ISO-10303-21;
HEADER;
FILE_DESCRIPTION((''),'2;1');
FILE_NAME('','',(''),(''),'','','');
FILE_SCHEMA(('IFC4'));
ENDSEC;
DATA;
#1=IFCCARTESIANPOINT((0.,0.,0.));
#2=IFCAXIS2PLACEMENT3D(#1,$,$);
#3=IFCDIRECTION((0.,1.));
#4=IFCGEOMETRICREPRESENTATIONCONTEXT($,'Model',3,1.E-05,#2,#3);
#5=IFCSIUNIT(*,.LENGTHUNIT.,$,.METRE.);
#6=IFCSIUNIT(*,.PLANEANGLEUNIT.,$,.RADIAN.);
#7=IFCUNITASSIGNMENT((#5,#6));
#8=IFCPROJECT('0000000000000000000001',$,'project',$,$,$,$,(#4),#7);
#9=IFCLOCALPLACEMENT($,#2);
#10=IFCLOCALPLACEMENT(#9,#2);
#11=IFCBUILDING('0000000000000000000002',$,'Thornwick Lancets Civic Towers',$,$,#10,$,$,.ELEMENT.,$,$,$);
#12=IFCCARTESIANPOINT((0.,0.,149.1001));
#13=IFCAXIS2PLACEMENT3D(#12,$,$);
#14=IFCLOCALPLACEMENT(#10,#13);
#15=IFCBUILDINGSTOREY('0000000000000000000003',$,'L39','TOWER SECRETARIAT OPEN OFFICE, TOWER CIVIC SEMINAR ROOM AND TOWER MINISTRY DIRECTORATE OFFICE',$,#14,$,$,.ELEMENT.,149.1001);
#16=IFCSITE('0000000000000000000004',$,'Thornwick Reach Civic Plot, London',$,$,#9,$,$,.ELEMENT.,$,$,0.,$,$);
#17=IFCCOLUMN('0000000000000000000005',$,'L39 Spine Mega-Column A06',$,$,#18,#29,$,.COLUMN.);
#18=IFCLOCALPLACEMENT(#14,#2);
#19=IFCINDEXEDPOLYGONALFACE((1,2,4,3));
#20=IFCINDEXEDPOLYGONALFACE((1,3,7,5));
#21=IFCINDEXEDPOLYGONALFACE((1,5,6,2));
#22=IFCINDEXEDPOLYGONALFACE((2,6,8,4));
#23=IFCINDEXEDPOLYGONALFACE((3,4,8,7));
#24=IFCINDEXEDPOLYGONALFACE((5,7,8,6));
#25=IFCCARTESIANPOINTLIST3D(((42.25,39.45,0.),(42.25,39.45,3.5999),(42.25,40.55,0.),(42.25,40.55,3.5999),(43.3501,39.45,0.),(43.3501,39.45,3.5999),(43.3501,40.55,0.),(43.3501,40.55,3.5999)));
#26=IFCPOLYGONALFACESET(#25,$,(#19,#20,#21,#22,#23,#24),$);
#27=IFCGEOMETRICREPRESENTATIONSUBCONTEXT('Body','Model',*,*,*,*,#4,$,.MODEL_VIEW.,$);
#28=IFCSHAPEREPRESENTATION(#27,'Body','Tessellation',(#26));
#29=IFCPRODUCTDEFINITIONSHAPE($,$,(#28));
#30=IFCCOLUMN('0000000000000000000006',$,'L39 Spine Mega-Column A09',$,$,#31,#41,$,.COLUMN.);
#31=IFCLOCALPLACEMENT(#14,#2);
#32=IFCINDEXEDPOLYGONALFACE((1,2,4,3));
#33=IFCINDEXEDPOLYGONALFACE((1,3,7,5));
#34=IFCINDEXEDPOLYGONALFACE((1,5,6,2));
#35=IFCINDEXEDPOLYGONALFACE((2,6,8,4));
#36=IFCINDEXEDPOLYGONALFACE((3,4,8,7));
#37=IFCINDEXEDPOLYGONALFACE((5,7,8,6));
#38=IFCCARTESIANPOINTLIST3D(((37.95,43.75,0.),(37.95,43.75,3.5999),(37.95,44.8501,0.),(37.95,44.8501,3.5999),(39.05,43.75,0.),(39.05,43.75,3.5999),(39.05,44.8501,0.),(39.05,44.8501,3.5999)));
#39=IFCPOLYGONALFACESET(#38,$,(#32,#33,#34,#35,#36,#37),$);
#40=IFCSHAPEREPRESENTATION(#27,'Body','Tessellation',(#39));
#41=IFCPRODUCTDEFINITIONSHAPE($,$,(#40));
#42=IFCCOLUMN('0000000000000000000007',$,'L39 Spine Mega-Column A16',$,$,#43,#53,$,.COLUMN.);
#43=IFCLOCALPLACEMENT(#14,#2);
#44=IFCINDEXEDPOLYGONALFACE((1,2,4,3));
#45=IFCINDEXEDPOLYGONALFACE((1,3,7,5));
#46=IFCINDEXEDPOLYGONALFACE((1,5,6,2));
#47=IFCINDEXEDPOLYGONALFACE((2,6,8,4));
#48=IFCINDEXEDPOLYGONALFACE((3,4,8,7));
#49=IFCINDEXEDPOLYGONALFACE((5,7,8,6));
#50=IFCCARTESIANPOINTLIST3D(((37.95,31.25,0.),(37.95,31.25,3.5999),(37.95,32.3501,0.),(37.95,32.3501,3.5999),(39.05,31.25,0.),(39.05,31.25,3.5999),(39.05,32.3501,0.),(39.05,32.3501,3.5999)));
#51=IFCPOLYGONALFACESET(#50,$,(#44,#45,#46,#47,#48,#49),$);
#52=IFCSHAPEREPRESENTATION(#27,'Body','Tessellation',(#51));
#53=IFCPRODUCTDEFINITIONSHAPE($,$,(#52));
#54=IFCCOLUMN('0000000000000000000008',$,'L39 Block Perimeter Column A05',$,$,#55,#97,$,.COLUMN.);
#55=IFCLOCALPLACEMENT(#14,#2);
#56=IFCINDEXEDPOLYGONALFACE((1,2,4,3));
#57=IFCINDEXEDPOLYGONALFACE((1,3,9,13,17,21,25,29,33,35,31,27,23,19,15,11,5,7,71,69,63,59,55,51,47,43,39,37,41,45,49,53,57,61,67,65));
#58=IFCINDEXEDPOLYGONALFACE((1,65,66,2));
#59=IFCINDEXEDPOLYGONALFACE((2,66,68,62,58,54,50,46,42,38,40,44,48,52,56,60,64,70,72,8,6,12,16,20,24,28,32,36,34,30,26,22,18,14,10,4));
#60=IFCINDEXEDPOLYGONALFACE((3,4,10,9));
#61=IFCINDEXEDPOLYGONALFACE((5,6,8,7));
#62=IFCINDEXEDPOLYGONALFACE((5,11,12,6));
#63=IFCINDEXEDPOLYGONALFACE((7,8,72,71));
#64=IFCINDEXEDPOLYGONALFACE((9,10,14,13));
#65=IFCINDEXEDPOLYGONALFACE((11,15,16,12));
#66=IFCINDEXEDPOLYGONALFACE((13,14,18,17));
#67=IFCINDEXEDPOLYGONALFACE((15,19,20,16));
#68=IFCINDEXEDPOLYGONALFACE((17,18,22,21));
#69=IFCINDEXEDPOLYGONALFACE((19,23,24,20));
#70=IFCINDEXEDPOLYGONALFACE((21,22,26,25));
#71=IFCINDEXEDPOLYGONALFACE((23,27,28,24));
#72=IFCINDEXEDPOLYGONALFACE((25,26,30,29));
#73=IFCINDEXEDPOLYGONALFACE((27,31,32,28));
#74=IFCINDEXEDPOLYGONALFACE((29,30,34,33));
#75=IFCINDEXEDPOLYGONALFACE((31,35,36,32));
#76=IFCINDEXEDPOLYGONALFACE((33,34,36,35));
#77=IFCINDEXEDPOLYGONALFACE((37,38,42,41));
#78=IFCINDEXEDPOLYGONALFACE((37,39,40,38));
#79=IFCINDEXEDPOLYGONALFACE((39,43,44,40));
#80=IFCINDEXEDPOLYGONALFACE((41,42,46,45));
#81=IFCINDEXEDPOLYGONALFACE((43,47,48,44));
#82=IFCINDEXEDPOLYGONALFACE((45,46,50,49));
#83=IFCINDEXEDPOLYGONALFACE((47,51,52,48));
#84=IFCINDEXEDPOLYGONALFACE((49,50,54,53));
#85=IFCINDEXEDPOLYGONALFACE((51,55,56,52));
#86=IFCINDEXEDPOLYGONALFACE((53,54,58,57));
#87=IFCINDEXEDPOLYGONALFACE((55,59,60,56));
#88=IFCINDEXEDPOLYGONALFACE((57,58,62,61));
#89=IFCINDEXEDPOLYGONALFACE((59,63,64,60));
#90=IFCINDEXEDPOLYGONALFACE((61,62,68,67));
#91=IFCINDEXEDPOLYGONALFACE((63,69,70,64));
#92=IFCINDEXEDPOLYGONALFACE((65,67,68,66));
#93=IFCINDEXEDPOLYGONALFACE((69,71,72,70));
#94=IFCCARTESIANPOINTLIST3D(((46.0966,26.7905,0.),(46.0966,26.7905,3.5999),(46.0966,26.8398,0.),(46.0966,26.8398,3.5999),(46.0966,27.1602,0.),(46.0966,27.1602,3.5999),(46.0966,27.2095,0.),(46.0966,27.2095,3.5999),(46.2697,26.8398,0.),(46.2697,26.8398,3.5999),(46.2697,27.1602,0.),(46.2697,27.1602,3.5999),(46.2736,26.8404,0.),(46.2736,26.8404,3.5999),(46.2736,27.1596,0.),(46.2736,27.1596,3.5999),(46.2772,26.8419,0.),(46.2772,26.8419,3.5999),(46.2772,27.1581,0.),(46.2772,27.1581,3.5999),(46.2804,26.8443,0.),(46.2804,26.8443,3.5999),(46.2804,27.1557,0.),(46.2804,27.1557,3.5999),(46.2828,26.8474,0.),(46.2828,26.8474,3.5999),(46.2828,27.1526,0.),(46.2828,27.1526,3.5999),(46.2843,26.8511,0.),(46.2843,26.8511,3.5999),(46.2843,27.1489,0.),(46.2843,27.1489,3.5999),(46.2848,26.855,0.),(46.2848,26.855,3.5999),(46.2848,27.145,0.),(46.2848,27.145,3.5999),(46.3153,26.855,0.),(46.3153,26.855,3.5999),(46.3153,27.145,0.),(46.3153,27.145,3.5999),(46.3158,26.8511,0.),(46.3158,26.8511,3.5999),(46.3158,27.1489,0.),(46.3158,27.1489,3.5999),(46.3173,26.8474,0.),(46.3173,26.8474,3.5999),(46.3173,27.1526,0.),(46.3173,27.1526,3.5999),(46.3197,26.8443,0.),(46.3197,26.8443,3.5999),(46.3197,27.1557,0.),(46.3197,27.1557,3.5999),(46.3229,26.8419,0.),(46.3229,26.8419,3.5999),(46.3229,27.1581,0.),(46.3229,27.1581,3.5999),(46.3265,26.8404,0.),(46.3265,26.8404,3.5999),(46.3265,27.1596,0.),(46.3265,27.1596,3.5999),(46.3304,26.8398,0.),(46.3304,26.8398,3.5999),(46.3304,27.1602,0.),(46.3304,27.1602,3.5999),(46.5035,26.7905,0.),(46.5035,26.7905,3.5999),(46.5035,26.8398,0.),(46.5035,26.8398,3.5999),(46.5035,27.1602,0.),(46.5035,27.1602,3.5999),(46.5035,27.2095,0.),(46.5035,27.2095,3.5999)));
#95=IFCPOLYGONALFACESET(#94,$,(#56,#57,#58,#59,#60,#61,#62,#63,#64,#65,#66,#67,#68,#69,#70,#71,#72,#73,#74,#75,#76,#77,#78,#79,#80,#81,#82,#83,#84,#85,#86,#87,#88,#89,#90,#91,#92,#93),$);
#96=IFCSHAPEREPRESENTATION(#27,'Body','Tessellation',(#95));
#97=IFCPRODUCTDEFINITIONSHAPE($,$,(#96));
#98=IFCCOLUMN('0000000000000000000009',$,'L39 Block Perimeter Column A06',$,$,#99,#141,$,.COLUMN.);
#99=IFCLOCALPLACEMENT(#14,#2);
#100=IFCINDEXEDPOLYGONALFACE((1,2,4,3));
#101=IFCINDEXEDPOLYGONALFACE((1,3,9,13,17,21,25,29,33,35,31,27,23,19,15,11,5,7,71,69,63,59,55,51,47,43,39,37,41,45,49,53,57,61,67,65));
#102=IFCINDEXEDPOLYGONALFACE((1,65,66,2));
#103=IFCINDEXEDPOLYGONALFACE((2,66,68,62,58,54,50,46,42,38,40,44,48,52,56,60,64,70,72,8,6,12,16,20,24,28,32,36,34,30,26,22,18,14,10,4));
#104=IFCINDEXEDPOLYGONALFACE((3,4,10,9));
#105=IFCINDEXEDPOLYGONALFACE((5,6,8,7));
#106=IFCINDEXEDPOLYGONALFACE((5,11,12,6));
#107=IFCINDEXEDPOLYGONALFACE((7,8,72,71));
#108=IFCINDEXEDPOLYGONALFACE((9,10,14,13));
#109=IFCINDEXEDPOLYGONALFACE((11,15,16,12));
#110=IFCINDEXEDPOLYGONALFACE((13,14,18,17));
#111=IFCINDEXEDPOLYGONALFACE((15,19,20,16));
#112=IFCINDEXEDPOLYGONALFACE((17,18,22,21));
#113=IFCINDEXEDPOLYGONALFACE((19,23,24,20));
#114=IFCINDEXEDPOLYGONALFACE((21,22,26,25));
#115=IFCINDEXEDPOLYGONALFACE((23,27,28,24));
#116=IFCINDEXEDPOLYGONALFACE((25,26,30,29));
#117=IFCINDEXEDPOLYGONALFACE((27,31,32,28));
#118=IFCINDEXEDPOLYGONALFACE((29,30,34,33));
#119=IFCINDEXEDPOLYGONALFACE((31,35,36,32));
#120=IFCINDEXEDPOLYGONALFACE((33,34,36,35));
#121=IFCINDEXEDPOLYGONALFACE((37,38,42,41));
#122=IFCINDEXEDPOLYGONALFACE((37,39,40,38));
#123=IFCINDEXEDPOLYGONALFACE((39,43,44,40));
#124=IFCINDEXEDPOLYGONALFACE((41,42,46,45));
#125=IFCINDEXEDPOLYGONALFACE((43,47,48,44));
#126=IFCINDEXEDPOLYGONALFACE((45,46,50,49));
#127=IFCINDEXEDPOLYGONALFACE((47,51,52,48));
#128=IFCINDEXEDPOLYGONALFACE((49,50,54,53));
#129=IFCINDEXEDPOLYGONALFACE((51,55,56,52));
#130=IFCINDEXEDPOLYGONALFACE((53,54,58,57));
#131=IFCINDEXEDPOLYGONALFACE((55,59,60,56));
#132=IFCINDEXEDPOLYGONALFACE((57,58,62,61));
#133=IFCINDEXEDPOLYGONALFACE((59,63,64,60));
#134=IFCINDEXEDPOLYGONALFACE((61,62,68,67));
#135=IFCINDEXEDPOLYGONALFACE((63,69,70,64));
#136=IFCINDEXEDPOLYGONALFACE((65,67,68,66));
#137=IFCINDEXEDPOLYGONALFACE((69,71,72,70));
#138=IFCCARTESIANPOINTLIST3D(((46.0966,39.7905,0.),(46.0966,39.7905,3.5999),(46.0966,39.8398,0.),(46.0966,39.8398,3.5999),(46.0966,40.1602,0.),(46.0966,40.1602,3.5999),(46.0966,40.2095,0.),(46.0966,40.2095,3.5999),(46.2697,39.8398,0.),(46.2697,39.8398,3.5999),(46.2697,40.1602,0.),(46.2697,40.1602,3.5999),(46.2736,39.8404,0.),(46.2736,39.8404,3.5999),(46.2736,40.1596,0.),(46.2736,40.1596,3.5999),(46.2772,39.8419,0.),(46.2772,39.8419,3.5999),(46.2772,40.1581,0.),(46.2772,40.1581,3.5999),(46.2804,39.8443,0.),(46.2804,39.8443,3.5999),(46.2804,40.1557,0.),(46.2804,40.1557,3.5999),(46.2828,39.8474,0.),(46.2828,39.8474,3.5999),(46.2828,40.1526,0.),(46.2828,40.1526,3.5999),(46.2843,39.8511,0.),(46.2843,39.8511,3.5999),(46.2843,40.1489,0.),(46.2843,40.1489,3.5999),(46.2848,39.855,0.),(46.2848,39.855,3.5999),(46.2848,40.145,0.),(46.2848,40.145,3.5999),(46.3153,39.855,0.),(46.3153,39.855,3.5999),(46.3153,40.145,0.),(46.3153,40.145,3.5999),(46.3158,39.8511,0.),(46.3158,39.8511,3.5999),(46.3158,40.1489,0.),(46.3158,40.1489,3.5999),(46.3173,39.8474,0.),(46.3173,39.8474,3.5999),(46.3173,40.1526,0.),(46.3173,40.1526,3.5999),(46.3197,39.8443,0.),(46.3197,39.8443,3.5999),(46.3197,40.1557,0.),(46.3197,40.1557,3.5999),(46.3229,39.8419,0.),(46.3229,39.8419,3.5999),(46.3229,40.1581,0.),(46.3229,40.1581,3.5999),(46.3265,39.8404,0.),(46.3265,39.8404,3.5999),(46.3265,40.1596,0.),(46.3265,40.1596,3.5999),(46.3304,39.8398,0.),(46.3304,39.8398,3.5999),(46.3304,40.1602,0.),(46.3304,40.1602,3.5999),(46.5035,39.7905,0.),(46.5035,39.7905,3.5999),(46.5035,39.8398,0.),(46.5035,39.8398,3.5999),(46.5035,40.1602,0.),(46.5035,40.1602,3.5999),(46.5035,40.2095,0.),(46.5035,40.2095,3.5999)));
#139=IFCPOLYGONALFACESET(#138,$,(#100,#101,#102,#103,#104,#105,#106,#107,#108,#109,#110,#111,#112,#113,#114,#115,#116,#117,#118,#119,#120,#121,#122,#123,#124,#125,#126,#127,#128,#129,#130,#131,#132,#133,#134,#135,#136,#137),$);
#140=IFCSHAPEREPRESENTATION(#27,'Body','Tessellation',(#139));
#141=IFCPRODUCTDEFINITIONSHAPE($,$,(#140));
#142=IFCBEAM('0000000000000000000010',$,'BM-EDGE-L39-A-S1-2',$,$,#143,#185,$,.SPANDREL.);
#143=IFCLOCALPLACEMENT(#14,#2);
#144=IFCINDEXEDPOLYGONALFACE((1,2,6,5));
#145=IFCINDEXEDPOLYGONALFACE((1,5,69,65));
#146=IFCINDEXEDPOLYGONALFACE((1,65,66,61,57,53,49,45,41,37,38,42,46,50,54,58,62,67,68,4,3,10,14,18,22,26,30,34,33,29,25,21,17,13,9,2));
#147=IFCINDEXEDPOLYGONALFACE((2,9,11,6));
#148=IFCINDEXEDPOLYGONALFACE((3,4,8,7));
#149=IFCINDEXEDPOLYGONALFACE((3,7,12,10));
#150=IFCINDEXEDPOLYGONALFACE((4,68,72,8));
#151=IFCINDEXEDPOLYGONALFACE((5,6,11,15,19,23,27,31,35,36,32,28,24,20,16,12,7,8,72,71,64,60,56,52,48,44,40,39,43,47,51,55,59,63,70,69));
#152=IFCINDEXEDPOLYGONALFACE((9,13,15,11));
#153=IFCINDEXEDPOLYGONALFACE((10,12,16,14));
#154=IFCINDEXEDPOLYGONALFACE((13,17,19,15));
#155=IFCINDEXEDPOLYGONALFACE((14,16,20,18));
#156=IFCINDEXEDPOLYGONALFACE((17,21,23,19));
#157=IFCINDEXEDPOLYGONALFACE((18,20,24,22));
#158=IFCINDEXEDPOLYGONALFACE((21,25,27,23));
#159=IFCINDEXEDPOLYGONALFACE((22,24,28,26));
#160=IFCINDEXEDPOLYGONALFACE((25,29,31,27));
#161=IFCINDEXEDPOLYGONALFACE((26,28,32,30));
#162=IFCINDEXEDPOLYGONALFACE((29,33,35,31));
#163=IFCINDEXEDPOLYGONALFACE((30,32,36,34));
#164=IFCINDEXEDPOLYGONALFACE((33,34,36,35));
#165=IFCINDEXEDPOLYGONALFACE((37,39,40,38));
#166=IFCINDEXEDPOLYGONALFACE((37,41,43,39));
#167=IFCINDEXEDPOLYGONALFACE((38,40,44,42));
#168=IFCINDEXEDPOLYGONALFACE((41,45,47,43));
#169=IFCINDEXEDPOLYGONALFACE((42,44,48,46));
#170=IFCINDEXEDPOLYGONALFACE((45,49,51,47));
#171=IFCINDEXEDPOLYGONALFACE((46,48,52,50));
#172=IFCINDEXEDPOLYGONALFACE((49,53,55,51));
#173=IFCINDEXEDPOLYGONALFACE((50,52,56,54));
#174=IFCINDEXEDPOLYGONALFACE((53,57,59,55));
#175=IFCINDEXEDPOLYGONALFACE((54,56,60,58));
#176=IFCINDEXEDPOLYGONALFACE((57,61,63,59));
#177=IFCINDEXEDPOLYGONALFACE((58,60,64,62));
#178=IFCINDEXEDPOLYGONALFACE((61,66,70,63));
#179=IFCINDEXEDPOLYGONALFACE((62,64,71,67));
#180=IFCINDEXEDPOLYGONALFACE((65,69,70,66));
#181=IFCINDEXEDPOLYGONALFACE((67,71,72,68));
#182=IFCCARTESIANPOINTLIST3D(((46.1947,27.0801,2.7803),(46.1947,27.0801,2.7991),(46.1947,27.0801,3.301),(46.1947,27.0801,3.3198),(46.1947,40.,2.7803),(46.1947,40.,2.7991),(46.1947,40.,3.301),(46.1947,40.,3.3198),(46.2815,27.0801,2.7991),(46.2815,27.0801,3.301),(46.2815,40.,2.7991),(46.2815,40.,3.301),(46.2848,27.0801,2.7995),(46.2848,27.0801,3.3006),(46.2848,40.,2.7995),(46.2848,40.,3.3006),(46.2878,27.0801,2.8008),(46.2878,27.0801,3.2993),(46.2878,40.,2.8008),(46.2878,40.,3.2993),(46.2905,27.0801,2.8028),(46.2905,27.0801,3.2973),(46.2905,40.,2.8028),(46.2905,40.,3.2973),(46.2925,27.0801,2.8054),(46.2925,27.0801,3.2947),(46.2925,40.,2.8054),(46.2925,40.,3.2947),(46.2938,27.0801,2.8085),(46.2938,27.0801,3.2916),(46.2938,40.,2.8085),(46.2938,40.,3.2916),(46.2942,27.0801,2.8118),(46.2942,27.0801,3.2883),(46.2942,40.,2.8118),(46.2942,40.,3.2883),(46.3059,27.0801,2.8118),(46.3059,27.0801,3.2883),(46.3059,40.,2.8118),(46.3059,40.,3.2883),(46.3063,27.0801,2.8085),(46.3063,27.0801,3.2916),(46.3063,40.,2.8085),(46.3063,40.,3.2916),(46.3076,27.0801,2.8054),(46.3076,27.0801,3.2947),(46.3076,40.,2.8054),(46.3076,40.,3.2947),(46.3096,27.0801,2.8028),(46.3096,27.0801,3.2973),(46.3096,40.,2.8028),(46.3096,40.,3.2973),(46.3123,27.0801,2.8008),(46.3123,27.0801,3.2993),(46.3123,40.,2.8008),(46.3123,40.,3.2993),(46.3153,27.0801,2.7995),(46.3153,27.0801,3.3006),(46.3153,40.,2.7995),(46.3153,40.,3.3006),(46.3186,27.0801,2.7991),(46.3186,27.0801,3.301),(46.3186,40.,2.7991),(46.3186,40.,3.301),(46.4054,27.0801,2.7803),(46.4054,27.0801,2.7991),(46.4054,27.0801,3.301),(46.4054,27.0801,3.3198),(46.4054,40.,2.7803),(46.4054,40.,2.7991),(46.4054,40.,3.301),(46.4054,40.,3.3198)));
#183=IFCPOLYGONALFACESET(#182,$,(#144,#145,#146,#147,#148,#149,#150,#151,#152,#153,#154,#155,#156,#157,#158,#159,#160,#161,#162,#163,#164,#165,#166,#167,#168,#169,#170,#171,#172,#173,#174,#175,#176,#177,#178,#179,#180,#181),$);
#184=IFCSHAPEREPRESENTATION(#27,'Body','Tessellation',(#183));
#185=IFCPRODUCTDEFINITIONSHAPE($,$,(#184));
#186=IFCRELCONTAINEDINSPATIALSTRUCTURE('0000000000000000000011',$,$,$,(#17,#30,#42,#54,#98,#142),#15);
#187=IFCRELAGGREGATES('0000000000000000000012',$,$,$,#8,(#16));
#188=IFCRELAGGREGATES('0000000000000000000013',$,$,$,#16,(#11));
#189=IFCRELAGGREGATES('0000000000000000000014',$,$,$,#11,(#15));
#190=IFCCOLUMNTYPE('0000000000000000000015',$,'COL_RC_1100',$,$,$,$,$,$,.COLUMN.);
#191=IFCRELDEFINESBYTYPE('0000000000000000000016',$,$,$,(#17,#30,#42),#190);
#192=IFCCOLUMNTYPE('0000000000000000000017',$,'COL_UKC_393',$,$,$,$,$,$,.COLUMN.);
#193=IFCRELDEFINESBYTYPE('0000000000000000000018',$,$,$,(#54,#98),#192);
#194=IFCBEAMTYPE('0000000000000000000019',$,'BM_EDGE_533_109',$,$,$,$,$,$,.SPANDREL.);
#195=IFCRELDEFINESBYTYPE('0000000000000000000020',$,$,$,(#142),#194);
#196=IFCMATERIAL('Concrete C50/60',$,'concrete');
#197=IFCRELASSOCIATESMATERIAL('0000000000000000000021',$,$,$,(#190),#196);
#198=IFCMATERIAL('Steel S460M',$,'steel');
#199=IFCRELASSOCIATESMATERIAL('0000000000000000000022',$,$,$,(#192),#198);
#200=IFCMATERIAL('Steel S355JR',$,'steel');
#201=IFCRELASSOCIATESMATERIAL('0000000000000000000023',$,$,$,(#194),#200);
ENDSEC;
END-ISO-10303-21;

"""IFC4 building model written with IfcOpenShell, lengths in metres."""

from ifc_helpers import new_model, si_unit, direction, frame, origin, origin_2d, place, context, subcontext, project, spatial, rectangle, i_section, extrude, material, material_profile, profile_set, type_object, element, save


model = new_model("IFC4")

# Units and contexts
model_context = context("Model", 3, precision=1e-05, world=origin(), true_north=direction((0.0, 1.0)))
body_context = subcontext(model_context, "Body", "Model", "MODEL_VIEW")
ifc_project = project(units=[si_unit("LENGTHUNIT", "METRE"), si_unit("PLANEANGLEUNIT", "RADIAN")], contexts=[model_context])

# Site, building, storey
site_placement = place(None, origin())
site = spatial("IfcSite", under=ifc_project, at=site_placement, Name="Thornwick Reach Civic Plot, London", CompositionType="ELEMENT", RefElevation=0.0)
building_placement = place(site_placement, origin())
building = spatial("IfcBuilding", under=site, at=building_placement, Name="Thornwick Lancets Civic Towers", CompositionType="ELEMENT")
storey_placement = place(building_placement, frame((0.0, 0.0, 149.1001)))
storey = spatial("IfcBuildingStorey", under=building, at=storey_placement, Name="L39", Description="TOWER SECRETARIAT OPEN OFFICE, TOWER CIVIC SEMINAR ROOM AND TOWER MINISTRY DIRECTORATE OFFICE", CompositionType="ELEMENT", Elevation=149.1001)

# Columns
ifc_material_1 = material(Name="Concrete C50/60", Category="concrete")
ifc_material_profile_1 = material_profile(ifc_material_1, rectangle(XDim=1.1001, YDim=1.1001, at=origin_2d()), Name="RC 1100x1100")
ifc_profile_set_1 = profile_set([ifc_material_profile_1], Name="Concrete C50/60")
column_type_1 = type_object("IfcColumnType", Name="COL_RC_1100", PredefinedType="COLUMN", material=ifc_profile_set_1)
for number, where, z_axis, x_axis, name in (
    (1, (42.8, 40.0, 0.0), (0.0, 0.0, 1.0), (1.0, 0.0, 0.0), "L39 Spine Mega-Column A06"),
    (2, (38.5, 44.3, 0.0), (0.0, 0.0, 1.0), (1.0, 0.0, 0.0), "L39 Spine Mega-Column A09"),
    (3, (38.5, 31.8, 0.0), (0.0, 0.0, 1.0), (1.0, 0.0, 0.0), "L39 Spine Mega-Column A16"),
):
    element("IfcColumn", number, at=place(storey_placement, frame(where, z_axis=z_axis, x_axis=x_axis)), inside=storey, type_object=column_type_1, Name=name, PredefinedType="COLUMN", context=body_context, shape_type="SweptSolid", body=[
        extrude(rectangle(XDim=1.1001, YDim=1.1001, at=origin_2d()), origin(), (0.0, 0.0, 1.0), 3.5999),
    ])
ifc_material_2 = material(Name="Steel S460M", Category="steel")
ifc_material_profile_2 = material_profile(ifc_material_2, i_section(OverallWidth=0.407, OverallDepth=0.4189, WebThickness=0.0305, FlangeThickness=0.0493, FilletRadius=0.0151, at=origin_2d()), Name="UKC 356x406x393")
ifc_profile_set_2 = profile_set([ifc_material_profile_2], Name="Steel S460M")
column_type_2 = type_object("IfcColumnType", Name="COL_UKC_393", PredefinedType="COLUMN", material=ifc_profile_set_2)
for number, where, z_axis, x_axis, name in (
    (4, (46.3, 27.0, 0.0), (0.0, 0.0, 1.0), (1.0, 0.0, 0.0), "L39 Block Perimeter Column A05"),
    (5, (46.3, 40.0, 0.0), (0.0, 0.0, 1.0), (1.0, 0.0, 0.0), "L39 Block Perimeter Column A06"),
):
    element("IfcColumn", number, at=place(storey_placement, frame(where, z_axis=z_axis, x_axis=x_axis)), inside=storey, type_object=column_type_2, Name=name, PredefinedType="COLUMN", context=body_context, shape_type="SweptSolid", body=[
        extrude(i_section(OverallWidth=0.407, OverallDepth=0.4189, WebThickness=0.0305, FlangeThickness=0.0493, FilletRadius=0.0151, at=origin_2d()), origin(), (0.0, 0.0, 1.0), 3.5999),
    ])

# Beam
ifc_material_3 = material(Name="Steel S355JR", Category="steel")
ifc_material_profile_3 = material_profile(ifc_material_3, i_section(OverallWidth=0.2107, OverallDepth=0.5396, WebThickness=0.0117, FlangeThickness=0.0188, FilletRadius=0.0127, at=origin_2d()), Name="UKB 533x210x109")
ifc_profile_set_3 = profile_set([ifc_material_profile_3], Name="Steel S355JR")
beam_type_1 = type_object("IfcBeamType", Name="BM_EDGE_533_109", PredefinedType="SPANDREL", material=ifc_profile_set_3)
beam_1_placement = place(storey_placement, frame((46.3, 27.0801, 3.05), z_axis=(0.0, 1.0, 0.0), x_axis=(-1.0, 0.0, 0.0)))
element("IfcBeam", 6, at=beam_1_placement, inside=storey, type_object=beam_type_1, Name="BM-EDGE-L39-A-S1-2", PredefinedType="SPANDREL", context=body_context, shape_type="SweptSolid", body=[
    extrude(i_section(OverallWidth=0.2107, OverallDepth=0.5396, WebThickness=0.0117, FlangeThickness=0.0188, FilletRadius=0.0127, at=origin_2d()), origin(), (0.0, 0.0, 1.0), 12.9199),
])

save(model, "model.ifc")
